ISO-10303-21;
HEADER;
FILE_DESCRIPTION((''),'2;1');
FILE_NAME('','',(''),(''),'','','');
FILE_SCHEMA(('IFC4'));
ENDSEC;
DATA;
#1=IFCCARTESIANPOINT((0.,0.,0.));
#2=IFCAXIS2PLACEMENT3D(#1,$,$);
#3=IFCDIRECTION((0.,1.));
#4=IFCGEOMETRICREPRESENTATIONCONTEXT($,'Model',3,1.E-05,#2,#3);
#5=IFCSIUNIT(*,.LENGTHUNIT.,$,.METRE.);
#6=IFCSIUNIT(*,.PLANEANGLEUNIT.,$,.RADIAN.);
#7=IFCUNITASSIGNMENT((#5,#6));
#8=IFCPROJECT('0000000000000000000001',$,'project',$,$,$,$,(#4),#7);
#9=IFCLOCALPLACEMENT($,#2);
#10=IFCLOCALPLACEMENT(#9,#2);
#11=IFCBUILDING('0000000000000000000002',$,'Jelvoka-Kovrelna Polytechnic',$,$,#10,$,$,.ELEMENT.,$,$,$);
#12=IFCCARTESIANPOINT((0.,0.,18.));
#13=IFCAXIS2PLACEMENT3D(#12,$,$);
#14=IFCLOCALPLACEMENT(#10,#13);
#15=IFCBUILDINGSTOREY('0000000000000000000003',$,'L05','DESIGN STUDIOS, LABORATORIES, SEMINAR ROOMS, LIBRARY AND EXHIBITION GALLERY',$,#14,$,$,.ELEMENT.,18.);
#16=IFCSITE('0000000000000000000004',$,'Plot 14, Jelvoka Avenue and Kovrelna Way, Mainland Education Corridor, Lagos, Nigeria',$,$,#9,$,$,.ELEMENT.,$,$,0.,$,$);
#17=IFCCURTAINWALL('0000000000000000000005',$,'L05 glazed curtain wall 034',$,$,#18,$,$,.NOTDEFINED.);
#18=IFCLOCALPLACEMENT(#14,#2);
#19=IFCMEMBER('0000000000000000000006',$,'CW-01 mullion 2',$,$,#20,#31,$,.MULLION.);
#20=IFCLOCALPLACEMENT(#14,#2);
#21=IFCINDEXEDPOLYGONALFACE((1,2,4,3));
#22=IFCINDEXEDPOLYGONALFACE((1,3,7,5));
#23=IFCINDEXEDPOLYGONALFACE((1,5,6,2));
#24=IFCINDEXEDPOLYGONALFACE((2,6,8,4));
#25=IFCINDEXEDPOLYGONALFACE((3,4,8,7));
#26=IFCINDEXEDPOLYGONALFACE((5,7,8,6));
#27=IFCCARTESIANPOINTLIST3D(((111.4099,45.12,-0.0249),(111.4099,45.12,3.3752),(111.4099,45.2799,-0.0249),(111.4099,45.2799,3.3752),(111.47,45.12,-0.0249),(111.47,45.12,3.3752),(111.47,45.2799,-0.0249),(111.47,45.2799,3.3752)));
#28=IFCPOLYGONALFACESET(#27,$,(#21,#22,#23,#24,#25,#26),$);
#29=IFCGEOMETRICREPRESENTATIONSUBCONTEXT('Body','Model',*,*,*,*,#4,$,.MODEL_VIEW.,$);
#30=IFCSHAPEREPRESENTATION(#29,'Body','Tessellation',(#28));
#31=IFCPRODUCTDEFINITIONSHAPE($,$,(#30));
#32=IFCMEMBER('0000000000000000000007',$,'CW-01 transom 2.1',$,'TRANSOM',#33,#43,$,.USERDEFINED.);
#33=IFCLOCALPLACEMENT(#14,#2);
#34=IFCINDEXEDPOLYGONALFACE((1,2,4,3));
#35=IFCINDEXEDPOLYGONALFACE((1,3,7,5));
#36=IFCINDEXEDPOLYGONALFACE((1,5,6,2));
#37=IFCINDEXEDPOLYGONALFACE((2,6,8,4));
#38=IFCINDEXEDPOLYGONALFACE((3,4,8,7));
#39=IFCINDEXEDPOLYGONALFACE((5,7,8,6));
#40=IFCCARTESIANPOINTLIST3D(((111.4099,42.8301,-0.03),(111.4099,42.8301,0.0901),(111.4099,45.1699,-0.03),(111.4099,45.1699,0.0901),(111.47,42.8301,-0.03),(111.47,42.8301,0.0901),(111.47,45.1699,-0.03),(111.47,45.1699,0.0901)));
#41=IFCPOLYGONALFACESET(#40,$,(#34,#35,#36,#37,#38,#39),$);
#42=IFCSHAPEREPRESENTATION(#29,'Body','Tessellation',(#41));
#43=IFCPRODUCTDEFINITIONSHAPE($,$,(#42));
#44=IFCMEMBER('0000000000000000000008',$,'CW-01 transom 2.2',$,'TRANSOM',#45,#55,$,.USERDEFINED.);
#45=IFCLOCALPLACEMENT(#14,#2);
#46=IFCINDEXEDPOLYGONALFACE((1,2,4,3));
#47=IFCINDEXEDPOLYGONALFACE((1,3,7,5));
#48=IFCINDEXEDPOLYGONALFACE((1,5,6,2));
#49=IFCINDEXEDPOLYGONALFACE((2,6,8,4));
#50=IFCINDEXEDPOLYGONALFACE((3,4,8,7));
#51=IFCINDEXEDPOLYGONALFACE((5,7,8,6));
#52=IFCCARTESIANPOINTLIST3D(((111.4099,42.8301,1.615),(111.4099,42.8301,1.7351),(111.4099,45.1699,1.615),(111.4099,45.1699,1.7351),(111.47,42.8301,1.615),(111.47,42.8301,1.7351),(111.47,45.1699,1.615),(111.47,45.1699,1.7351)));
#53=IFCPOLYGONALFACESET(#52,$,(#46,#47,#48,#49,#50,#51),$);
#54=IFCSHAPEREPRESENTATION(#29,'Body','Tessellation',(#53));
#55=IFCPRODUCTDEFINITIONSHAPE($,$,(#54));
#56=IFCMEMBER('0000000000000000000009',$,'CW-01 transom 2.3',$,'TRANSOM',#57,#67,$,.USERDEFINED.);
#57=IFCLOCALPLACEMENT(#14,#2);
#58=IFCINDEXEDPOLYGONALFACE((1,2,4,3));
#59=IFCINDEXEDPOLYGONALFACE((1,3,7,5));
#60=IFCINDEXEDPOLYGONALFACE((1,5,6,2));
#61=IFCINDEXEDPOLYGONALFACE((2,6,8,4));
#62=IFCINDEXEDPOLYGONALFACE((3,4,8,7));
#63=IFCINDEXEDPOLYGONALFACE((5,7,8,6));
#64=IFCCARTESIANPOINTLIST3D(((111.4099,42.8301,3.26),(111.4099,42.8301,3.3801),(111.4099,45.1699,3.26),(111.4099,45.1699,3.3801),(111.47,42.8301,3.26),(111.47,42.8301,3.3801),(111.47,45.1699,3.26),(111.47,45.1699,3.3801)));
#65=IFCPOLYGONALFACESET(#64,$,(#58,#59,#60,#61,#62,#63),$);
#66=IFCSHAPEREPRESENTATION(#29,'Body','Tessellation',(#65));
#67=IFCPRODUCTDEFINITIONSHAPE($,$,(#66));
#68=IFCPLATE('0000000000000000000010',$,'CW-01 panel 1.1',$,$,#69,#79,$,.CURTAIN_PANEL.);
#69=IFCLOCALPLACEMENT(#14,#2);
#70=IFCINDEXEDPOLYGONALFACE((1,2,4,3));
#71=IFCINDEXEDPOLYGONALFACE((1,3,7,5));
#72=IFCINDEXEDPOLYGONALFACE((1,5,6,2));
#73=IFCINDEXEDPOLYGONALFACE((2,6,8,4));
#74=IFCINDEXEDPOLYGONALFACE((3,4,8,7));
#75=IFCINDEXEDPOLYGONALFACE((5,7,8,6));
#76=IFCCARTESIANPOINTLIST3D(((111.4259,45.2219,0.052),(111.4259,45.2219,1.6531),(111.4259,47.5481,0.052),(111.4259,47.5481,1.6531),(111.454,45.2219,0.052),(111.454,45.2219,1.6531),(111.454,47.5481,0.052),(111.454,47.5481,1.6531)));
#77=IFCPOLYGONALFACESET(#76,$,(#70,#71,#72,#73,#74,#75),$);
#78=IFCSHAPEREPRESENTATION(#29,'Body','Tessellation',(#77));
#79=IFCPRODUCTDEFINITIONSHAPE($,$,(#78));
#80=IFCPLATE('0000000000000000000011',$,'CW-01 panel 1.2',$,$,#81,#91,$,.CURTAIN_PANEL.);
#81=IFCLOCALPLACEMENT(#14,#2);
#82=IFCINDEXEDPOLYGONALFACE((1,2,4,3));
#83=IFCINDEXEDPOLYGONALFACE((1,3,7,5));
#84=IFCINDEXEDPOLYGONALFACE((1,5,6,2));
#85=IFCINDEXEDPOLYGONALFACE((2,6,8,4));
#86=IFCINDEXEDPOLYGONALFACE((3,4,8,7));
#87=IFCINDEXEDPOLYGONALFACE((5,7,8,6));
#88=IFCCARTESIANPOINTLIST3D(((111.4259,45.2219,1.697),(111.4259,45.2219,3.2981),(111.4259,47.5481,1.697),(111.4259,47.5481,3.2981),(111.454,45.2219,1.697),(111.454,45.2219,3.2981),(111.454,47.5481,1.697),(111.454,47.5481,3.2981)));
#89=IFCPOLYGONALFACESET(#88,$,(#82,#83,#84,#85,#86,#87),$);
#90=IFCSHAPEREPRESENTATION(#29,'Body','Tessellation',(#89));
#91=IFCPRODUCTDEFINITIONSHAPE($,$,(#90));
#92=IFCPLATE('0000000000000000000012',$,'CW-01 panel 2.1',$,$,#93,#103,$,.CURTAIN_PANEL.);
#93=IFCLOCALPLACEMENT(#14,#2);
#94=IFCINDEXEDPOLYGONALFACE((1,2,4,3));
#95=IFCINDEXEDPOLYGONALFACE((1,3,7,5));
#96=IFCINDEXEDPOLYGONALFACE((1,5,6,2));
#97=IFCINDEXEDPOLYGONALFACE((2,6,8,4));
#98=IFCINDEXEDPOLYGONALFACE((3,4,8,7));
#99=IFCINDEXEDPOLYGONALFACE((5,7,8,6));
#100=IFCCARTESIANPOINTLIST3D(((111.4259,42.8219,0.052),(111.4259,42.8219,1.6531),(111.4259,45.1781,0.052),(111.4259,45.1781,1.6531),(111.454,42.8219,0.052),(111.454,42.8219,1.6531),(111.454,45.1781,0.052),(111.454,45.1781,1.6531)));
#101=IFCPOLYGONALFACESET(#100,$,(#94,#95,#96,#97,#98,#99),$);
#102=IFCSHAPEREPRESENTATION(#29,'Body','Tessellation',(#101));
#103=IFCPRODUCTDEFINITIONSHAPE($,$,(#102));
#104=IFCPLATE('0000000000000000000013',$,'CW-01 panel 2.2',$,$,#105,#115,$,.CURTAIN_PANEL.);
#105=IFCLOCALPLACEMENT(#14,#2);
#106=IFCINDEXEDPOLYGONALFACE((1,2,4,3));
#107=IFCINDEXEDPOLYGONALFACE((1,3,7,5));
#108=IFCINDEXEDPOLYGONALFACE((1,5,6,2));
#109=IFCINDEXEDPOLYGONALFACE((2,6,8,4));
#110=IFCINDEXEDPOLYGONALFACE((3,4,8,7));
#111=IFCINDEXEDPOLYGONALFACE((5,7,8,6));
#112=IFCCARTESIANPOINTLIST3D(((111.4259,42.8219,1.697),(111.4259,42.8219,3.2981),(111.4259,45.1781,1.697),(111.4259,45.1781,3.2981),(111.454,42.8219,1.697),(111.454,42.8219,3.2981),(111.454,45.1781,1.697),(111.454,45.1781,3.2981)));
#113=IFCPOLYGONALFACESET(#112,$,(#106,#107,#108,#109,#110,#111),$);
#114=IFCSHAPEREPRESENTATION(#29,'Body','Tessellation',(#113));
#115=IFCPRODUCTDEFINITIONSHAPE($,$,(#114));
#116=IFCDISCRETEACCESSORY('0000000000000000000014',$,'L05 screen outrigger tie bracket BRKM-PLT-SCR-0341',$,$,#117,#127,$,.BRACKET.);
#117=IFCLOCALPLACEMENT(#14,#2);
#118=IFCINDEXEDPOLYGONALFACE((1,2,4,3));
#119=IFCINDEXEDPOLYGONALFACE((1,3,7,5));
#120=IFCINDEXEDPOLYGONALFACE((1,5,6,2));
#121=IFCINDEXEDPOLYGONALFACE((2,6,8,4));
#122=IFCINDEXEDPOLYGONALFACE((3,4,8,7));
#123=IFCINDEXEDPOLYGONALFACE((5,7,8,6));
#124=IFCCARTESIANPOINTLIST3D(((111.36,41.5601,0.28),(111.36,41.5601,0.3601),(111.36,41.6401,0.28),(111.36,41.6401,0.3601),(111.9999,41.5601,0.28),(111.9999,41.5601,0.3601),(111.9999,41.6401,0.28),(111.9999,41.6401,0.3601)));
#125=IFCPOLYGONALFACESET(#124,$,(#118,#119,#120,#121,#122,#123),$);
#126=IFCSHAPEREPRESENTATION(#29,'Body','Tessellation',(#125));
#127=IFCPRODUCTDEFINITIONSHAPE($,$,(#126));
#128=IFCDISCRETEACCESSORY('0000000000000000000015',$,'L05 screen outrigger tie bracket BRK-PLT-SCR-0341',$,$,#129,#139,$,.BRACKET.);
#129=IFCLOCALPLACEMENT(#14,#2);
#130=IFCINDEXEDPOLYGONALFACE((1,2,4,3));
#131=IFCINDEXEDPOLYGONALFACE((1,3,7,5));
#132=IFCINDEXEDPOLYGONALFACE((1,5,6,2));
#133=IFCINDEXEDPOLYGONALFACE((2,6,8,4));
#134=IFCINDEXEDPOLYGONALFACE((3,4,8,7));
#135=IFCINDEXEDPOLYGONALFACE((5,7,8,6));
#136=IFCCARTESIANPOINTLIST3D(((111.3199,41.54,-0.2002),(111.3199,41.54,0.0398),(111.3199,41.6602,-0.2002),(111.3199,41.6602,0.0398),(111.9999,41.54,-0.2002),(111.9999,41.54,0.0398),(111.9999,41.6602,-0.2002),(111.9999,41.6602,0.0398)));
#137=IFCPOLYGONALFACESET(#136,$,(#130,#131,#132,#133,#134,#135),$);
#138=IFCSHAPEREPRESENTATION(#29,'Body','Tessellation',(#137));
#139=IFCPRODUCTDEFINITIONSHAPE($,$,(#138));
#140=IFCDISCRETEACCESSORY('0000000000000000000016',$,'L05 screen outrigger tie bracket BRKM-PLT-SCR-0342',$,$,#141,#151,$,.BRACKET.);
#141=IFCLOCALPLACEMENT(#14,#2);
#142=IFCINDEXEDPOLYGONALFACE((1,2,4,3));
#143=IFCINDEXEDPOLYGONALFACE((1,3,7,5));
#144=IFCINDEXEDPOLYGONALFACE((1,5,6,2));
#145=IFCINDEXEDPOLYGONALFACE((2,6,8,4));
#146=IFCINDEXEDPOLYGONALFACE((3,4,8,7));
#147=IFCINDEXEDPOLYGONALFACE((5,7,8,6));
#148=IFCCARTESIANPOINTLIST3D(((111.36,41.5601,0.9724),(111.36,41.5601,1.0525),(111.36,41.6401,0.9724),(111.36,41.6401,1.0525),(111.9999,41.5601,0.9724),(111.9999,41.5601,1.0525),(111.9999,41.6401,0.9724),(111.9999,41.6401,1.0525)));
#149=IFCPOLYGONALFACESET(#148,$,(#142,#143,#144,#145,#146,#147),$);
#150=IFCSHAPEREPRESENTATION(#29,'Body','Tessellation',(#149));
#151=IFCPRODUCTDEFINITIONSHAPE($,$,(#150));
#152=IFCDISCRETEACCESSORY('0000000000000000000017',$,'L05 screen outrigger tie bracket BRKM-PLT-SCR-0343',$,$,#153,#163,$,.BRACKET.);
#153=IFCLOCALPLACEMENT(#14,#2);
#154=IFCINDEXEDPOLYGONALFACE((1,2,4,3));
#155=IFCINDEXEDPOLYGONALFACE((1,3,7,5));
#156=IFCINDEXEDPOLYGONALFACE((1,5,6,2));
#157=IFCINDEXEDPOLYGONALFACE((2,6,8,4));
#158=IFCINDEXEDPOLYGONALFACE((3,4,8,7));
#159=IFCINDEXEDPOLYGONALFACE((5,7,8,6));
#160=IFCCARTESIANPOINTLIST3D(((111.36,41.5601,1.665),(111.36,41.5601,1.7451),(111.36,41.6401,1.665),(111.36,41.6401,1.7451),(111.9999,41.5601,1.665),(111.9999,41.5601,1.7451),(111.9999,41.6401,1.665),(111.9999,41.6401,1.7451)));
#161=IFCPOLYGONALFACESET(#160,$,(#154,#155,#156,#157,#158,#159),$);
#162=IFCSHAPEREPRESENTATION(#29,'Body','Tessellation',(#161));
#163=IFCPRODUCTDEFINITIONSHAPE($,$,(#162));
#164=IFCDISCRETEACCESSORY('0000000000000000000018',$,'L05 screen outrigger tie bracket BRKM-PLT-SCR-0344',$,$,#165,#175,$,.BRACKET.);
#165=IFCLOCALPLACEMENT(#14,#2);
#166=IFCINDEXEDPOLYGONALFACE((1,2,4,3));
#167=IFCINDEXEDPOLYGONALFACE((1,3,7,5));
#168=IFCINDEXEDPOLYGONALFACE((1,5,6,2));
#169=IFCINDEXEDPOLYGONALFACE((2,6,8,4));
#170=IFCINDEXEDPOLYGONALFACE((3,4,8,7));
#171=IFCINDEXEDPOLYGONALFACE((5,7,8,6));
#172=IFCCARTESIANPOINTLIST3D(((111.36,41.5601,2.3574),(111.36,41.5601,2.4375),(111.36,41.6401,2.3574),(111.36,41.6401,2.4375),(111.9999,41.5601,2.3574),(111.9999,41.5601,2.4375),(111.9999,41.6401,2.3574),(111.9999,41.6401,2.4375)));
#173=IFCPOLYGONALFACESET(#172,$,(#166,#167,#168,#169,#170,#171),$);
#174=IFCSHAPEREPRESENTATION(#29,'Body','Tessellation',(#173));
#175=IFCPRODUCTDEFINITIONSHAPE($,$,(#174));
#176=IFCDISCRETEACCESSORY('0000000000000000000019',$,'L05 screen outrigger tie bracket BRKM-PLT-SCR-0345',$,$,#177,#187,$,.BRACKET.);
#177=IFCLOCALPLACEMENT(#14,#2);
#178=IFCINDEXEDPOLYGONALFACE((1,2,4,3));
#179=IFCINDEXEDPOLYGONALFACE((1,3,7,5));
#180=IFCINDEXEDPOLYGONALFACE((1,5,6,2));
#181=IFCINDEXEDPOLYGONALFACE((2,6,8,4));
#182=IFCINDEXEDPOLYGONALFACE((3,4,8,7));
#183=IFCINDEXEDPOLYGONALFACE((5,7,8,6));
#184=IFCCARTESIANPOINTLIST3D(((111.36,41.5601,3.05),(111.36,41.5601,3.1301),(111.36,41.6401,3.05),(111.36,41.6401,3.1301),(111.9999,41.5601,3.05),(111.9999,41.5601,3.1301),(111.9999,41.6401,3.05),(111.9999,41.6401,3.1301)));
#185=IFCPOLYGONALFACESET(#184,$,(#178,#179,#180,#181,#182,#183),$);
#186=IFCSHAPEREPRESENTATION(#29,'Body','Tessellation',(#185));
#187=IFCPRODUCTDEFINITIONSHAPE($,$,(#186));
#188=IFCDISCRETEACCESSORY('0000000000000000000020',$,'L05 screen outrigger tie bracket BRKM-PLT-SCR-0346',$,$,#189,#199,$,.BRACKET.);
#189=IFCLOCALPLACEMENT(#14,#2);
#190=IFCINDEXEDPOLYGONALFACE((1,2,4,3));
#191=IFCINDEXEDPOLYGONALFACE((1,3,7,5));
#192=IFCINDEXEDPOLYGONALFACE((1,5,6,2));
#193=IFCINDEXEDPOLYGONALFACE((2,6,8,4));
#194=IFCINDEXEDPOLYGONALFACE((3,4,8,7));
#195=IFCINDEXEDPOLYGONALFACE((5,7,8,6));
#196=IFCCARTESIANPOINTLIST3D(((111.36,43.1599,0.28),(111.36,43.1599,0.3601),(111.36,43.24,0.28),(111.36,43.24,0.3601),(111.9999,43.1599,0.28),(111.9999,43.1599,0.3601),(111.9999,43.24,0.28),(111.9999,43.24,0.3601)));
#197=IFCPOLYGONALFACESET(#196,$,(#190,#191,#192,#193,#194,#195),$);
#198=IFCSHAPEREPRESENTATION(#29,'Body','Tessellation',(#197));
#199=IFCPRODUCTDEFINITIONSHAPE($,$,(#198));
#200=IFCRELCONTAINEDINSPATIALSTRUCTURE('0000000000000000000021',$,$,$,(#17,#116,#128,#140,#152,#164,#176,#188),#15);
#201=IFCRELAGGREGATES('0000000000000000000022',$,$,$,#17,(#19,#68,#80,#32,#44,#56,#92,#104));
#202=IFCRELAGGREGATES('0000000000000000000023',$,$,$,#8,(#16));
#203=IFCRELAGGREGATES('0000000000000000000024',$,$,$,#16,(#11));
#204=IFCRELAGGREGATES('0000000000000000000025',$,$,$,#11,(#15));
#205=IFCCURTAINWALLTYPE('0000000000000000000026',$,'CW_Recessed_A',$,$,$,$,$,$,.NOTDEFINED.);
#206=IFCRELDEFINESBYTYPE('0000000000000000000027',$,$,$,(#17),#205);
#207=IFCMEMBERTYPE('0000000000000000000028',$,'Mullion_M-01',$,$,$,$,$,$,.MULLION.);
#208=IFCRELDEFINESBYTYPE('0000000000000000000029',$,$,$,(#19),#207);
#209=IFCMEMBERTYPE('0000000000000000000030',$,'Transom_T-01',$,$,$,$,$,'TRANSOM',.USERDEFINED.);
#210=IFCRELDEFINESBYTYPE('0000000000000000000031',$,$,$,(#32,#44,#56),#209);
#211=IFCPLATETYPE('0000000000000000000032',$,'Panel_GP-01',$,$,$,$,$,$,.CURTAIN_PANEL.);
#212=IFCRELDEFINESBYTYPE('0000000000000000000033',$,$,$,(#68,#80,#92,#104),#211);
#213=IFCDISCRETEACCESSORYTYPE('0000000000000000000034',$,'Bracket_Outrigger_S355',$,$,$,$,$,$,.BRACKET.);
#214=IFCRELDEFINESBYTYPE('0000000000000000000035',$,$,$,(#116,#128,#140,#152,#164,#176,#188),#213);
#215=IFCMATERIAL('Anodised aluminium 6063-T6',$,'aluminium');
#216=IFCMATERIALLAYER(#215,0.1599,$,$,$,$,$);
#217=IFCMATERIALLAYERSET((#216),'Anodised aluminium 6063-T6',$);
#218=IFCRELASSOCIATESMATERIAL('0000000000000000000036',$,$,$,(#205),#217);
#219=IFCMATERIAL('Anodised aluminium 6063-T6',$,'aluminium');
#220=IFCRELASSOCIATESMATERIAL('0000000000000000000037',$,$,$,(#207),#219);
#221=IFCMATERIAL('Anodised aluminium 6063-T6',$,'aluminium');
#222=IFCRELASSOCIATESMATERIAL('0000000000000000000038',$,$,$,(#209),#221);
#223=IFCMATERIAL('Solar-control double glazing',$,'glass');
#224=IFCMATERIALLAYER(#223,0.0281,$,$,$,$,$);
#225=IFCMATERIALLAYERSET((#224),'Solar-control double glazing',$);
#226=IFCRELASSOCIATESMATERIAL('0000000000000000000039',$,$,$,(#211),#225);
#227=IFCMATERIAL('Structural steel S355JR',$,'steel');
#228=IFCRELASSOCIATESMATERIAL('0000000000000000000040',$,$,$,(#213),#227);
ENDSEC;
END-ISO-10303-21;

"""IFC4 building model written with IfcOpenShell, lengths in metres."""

from ifc_helpers import new_model, si_unit, direction, frame, origin, origin_2d, place, context, subcontext, project, spatial, rectangle, extrude, material, layer, layer_set, material_profile, profile_set, type_object, element, aggregate, save


model = new_model("IFC4")

# Units and contexts
model_context = context("Model", 3, precision=1e-05, world=origin(), true_north=direction((0.0, 1.0)))
body_context = subcontext(model_context, "Body", "Model", "MODEL_VIEW")
ifc_project = project(units=[si_unit("LENGTHUNIT", "METRE"), si_unit("PLANEANGLEUNIT", "RADIAN")], contexts=[model_context])

# Site, building, storey
site_placement = place(None, origin())
site = spatial("IfcSite", under=ifc_project, at=site_placement, Name="Plot 14, Jelvoka Avenue and Kovrelna Way, Mainland Education Corridor, Lagos, Nigeria", CompositionType="ELEMENT", RefElevation=0.0)
building_placement = place(site_placement, origin())
building = spatial("IfcBuilding", under=site, at=building_placement, Name="Jelvoka-Kovrelna Polytechnic", CompositionType="ELEMENT")
storey_placement = place(building_placement, frame((0.0, 0.0, 18.0)))
storey = spatial("IfcBuildingStorey", under=building, at=storey_placement, Name="L05", Description="DESIGN STUDIOS, LABORATORIES, SEMINAR ROOMS, LIBRARY AND EXHIBITION GALLERY", CompositionType="ELEMENT", Elevation=18.0)

# Curtain wall, members, plates
ifc_material_1 = material(Name="Anodised aluminium 6063-T6", Category="aluminium")
ifc_layer_1 = layer(ifc_material_1, 0.1599)
ifc_layer_set_1 = layer_set([ifc_layer_1], Name="Anodised aluminium 6063-T6")
curtain_wall_type = type_object("IfcCurtainWallType", Name="CW_Recessed_A", PredefinedType="NOTDEFINED", material=ifc_layer_set_1)
curtain_wall_placement = place(storey_placement, origin())
curtain_wall = element("IfcCurtainWall", 1, at=curtain_wall_placement, inside=storey, type_object=curtain_wall_type, Name="L05 glazed curtain wall 034", PredefinedType="NOTDEFINED")
ifc_material_2 = material(Name="Anodised aluminium 6063-T6", Category="aluminium")
ifc_material_profile_1 = material_profile(ifc_material_2, rectangle(XDim=0.0601, YDim=0.1599, at=origin_2d()), Name="ALU 60x160")
ifc_profile_set_1 = profile_set([ifc_material_profile_1], Name="Anodised aluminium 6063-T6")
member_type_1 = type_object("IfcMemberType", Name="Mullion_M-01", PredefinedType="MULLION", material=ifc_profile_set_1)
member_1_placement = place(storey_placement, frame((111.4399, 45.2, -0.0249), z_axis=(0.0, 0.0, 1.0), x_axis=(1.0, 0.0, 0.0)))
member_1 = element("IfcMember", 2, at=member_1_placement, type_object=member_type_1, Name="CW-01 mullion 2", PredefinedType="MULLION", context=body_context, shape_type="SweptSolid", body=[
    extrude(rectangle(XDim=0.0601, YDim=0.1599, at=origin_2d()), origin(), (0.0, 0.0, 1.0), 3.4001),
])
ifc_material_3 = material(Name="Anodised aluminium 6063-T6", Category="aluminium")
ifc_material_profile_2 = material_profile(ifc_material_3, rectangle(XDim=0.0601, YDim=0.1201, at=origin_2d()), Name="ALU 60x120")
ifc_profile_set_2 = profile_set([ifc_material_profile_2], Name="Anodised aluminium 6063-T6")
member_type_2 = type_object("IfcMemberType", Name="Transom_T-01", ElementType="TRANSOM", PredefinedType="USERDEFINED", material=ifc_profile_set_2)
member_2_placement = place(storey_placement, frame((111.4399, 45.1699, 0.03), z_axis=(0.0, -1.0, 0.0), x_axis=(1.0, 0.0, 0.0)))
member_2 = element("IfcMember", 3, at=member_2_placement, type_object=member_type_2, Name="CW-01 transom 2.1", ObjectType="TRANSOM", PredefinedType="USERDEFINED", context=body_context, shape_type="SweptSolid", body=[
    extrude(rectangle(XDim=0.0601, YDim=0.1201, at=origin_2d()), origin(), (0.0, 0.0, 1.0), 2.3398),
])
member_3_placement = place(storey_placement, frame((111.4399, 45.1699, 1.675), z_axis=(0.0, -1.0, 0.0), x_axis=(1.0, 0.0, 0.0)))
member_3 = element("IfcMember", 4, at=member_3_placement, type_object=member_type_2, Name="CW-01 transom 2.2", ObjectType="TRANSOM", PredefinedType="USERDEFINED", context=body_context, shape_type="SweptSolid", body=[
    extrude(rectangle(XDim=0.0601, YDim=0.1201, at=origin_2d()), origin(), (0.0, 0.0, 1.0), 2.3398),
])
member_4_placement = place(storey_placement, frame((111.4399, 45.1699, 3.3201), z_axis=(0.0, -1.0, 0.0), x_axis=(1.0, 0.0, 0.0)))
member_4 = element("IfcMember", 5, at=member_4_placement, type_object=member_type_2, Name="CW-01 transom 2.3", ObjectType="TRANSOM", PredefinedType="USERDEFINED", context=body_context, shape_type="SweptSolid", body=[
    extrude(rectangle(XDim=0.0601, YDim=0.1201, at=origin_2d()), origin(), (0.0, 0.0, 1.0), 2.3398),
])
ifc_material_4 = material(Name="Solar-control double glazing", Category="glass")
ifc_layer_2 = layer(ifc_material_4, 0.0281)
ifc_layer_set_2 = layer_set([ifc_layer_2], Name="Solar-control double glazing")
plate_type = type_object("IfcPlateType", Name="Panel_GP-01", PredefinedType="CURTAIN_PANEL", material=ifc_layer_set_2)
plate_1_placement = place(storey_placement, frame((111.4399, 46.385, 0.052), z_axis=(0.0, 0.0, 1.0), x_axis=(0.0, -1.0, 0.0)))
plate_1 = element("IfcPlate", 6, at=plate_1_placement, type_object=plate_type, Name="CW-01 panel 1.1", PredefinedType="CURTAIN_PANEL", context=body_context, shape_type="SweptSolid", body=[
    extrude(rectangle(XDim=2.3262, YDim=0.0281, at=origin_2d()), origin(), (0.0, 0.0, 1.0), 1.6011),
])
plate_2_placement = place(storey_placement, frame((111.4399, 46.385, 1.697), z_axis=(0.0, 0.0, 1.0), x_axis=(0.0, -1.0, 0.0)))
plate_2 = element("IfcPlate", 7, at=plate_2_placement, type_object=plate_type, Name="CW-01 panel 1.2", PredefinedType="CURTAIN_PANEL", context=body_context, shape_type="SweptSolid", body=[
    extrude(rectangle(XDim=2.3262, YDim=0.0281, at=origin_2d()), origin(), (0.0, 0.0, 1.0), 1.6011),
])
plate_3_placement = place(storey_placement, frame((111.4399, 44.0, 0.052), z_axis=(0.0, 0.0, 1.0), x_axis=(0.0, -1.0, 0.0)))
plate_3 = element("IfcPlate", 8, at=plate_3_placement, type_object=plate_type, Name="CW-01 panel 2.1", PredefinedType="CURTAIN_PANEL", context=body_context, shape_type="SweptSolid", body=[
    extrude(rectangle(XDim=2.3562, YDim=0.0281, at=origin_2d()), origin(), (0.0, 0.0, 1.0), 1.6011),
])
plate_4_placement = place(storey_placement, frame((111.4399, 44.0, 1.697), z_axis=(0.0, 0.0, 1.0), x_axis=(0.0, -1.0, 0.0)))
plate_4 = element("IfcPlate", 9, at=plate_4_placement, type_object=plate_type, Name="CW-01 panel 2.2", PredefinedType="CURTAIN_PANEL", context=body_context, shape_type="SweptSolid", body=[
    extrude(rectangle(XDim=2.3562, YDim=0.0281, at=origin_2d()), origin(), (0.0, 0.0, 1.0), 1.6011),
])
aggregate(curtain_wall, [member_1, plate_1, plate_2, member_2, member_3, member_4, plate_3, plate_4])

# Discrete accessories
ifc_material_5 = material(Name="Structural steel S355JR", Category="steel")
discrete_accessory_type = type_object("IfcDiscreteAccessoryType", Name="Bracket_Outrigger_S355", PredefinedType="BRACKET", material=ifc_material_5)
discrete_accessory_1_placement = place(storey_placement, frame((111.6799, 41.6001, 0.28), z_axis=(0.0, 0.0, 1.0), x_axis=(1.0, 0.0, 0.0)))
element("IfcDiscreteAccessory", 10, at=discrete_accessory_1_placement, inside=storey, type_object=discrete_accessory_type, Name="L05 screen outrigger tie bracket BRKM-PLT-SCR-0341", PredefinedType="BRACKET", context=body_context, shape_type="SweptSolid", body=[
    extrude(rectangle(XDim=0.6399, YDim=0.0801, at=origin_2d()), origin(), (0.0, 0.0, 1.0), 0.0801),
])
discrete_accessory_2_placement = place(storey_placement, frame((111.6599, 41.6001, -0.2002), z_axis=(0.0, 0.0, 1.0), x_axis=(1.0, 0.0, 0.0)))
element("IfcDiscreteAccessory", 11, at=discrete_accessory_2_placement, inside=storey, type_object=discrete_accessory_type, Name="L05 screen outrigger tie bracket BRK-PLT-SCR-0341", PredefinedType="BRACKET", context=body_context, shape_type="SweptSolid", body=[
    extrude(rectangle(XDim=0.6799, YDim=0.1201, at=origin_2d()), origin(), (0.0, 0.0, 1.0), 0.24),
])
for number, where, z_axis, x_axis, name in (
    (12, (111.6799, 41.6001, 0.9724), (0.0, 0.0, 1.0), (1.0, 0.0, 0.0), "L05 screen outrigger tie bracket BRKM-PLT-SCR-0342"),
    (13, (111.6799, 41.6001, 1.665), (0.0, 0.0, 1.0), (1.0, 0.0, 0.0), "L05 screen outrigger tie bracket BRKM-PLT-SCR-0343"),
    (14, (111.6799, 41.6001, 2.3574), (0.0, 0.0, 1.0), (1.0, 0.0, 0.0), "L05 screen outrigger tie bracket BRKM-PLT-SCR-0344"),
    (15, (111.6799, 41.6001, 3.05), (0.0, 0.0, 1.0), (1.0, 0.0, 0.0), "L05 screen outrigger tie bracket BRKM-PLT-SCR-0345"),
    (16, (111.6799, 43.2, 0.28), (0.0, 0.0, 1.0), (1.0, 0.0, 0.0), "L05 screen outrigger tie bracket BRKM-PLT-SCR-0346"),
):
    element("IfcDiscreteAccessory", number, at=place(storey_placement, frame(where, z_axis=z_axis, x_axis=x_axis)), inside=storey, type_object=discrete_accessory_type, Name=name, PredefinedType="BRACKET", context=body_context, shape_type="SweptSolid", body=[
        extrude(rectangle(XDim=0.6399, YDim=0.0801, at=origin_2d()), origin(), (0.0, 0.0, 1.0), 0.0801),
    ])

save(model, "model.ifc")
